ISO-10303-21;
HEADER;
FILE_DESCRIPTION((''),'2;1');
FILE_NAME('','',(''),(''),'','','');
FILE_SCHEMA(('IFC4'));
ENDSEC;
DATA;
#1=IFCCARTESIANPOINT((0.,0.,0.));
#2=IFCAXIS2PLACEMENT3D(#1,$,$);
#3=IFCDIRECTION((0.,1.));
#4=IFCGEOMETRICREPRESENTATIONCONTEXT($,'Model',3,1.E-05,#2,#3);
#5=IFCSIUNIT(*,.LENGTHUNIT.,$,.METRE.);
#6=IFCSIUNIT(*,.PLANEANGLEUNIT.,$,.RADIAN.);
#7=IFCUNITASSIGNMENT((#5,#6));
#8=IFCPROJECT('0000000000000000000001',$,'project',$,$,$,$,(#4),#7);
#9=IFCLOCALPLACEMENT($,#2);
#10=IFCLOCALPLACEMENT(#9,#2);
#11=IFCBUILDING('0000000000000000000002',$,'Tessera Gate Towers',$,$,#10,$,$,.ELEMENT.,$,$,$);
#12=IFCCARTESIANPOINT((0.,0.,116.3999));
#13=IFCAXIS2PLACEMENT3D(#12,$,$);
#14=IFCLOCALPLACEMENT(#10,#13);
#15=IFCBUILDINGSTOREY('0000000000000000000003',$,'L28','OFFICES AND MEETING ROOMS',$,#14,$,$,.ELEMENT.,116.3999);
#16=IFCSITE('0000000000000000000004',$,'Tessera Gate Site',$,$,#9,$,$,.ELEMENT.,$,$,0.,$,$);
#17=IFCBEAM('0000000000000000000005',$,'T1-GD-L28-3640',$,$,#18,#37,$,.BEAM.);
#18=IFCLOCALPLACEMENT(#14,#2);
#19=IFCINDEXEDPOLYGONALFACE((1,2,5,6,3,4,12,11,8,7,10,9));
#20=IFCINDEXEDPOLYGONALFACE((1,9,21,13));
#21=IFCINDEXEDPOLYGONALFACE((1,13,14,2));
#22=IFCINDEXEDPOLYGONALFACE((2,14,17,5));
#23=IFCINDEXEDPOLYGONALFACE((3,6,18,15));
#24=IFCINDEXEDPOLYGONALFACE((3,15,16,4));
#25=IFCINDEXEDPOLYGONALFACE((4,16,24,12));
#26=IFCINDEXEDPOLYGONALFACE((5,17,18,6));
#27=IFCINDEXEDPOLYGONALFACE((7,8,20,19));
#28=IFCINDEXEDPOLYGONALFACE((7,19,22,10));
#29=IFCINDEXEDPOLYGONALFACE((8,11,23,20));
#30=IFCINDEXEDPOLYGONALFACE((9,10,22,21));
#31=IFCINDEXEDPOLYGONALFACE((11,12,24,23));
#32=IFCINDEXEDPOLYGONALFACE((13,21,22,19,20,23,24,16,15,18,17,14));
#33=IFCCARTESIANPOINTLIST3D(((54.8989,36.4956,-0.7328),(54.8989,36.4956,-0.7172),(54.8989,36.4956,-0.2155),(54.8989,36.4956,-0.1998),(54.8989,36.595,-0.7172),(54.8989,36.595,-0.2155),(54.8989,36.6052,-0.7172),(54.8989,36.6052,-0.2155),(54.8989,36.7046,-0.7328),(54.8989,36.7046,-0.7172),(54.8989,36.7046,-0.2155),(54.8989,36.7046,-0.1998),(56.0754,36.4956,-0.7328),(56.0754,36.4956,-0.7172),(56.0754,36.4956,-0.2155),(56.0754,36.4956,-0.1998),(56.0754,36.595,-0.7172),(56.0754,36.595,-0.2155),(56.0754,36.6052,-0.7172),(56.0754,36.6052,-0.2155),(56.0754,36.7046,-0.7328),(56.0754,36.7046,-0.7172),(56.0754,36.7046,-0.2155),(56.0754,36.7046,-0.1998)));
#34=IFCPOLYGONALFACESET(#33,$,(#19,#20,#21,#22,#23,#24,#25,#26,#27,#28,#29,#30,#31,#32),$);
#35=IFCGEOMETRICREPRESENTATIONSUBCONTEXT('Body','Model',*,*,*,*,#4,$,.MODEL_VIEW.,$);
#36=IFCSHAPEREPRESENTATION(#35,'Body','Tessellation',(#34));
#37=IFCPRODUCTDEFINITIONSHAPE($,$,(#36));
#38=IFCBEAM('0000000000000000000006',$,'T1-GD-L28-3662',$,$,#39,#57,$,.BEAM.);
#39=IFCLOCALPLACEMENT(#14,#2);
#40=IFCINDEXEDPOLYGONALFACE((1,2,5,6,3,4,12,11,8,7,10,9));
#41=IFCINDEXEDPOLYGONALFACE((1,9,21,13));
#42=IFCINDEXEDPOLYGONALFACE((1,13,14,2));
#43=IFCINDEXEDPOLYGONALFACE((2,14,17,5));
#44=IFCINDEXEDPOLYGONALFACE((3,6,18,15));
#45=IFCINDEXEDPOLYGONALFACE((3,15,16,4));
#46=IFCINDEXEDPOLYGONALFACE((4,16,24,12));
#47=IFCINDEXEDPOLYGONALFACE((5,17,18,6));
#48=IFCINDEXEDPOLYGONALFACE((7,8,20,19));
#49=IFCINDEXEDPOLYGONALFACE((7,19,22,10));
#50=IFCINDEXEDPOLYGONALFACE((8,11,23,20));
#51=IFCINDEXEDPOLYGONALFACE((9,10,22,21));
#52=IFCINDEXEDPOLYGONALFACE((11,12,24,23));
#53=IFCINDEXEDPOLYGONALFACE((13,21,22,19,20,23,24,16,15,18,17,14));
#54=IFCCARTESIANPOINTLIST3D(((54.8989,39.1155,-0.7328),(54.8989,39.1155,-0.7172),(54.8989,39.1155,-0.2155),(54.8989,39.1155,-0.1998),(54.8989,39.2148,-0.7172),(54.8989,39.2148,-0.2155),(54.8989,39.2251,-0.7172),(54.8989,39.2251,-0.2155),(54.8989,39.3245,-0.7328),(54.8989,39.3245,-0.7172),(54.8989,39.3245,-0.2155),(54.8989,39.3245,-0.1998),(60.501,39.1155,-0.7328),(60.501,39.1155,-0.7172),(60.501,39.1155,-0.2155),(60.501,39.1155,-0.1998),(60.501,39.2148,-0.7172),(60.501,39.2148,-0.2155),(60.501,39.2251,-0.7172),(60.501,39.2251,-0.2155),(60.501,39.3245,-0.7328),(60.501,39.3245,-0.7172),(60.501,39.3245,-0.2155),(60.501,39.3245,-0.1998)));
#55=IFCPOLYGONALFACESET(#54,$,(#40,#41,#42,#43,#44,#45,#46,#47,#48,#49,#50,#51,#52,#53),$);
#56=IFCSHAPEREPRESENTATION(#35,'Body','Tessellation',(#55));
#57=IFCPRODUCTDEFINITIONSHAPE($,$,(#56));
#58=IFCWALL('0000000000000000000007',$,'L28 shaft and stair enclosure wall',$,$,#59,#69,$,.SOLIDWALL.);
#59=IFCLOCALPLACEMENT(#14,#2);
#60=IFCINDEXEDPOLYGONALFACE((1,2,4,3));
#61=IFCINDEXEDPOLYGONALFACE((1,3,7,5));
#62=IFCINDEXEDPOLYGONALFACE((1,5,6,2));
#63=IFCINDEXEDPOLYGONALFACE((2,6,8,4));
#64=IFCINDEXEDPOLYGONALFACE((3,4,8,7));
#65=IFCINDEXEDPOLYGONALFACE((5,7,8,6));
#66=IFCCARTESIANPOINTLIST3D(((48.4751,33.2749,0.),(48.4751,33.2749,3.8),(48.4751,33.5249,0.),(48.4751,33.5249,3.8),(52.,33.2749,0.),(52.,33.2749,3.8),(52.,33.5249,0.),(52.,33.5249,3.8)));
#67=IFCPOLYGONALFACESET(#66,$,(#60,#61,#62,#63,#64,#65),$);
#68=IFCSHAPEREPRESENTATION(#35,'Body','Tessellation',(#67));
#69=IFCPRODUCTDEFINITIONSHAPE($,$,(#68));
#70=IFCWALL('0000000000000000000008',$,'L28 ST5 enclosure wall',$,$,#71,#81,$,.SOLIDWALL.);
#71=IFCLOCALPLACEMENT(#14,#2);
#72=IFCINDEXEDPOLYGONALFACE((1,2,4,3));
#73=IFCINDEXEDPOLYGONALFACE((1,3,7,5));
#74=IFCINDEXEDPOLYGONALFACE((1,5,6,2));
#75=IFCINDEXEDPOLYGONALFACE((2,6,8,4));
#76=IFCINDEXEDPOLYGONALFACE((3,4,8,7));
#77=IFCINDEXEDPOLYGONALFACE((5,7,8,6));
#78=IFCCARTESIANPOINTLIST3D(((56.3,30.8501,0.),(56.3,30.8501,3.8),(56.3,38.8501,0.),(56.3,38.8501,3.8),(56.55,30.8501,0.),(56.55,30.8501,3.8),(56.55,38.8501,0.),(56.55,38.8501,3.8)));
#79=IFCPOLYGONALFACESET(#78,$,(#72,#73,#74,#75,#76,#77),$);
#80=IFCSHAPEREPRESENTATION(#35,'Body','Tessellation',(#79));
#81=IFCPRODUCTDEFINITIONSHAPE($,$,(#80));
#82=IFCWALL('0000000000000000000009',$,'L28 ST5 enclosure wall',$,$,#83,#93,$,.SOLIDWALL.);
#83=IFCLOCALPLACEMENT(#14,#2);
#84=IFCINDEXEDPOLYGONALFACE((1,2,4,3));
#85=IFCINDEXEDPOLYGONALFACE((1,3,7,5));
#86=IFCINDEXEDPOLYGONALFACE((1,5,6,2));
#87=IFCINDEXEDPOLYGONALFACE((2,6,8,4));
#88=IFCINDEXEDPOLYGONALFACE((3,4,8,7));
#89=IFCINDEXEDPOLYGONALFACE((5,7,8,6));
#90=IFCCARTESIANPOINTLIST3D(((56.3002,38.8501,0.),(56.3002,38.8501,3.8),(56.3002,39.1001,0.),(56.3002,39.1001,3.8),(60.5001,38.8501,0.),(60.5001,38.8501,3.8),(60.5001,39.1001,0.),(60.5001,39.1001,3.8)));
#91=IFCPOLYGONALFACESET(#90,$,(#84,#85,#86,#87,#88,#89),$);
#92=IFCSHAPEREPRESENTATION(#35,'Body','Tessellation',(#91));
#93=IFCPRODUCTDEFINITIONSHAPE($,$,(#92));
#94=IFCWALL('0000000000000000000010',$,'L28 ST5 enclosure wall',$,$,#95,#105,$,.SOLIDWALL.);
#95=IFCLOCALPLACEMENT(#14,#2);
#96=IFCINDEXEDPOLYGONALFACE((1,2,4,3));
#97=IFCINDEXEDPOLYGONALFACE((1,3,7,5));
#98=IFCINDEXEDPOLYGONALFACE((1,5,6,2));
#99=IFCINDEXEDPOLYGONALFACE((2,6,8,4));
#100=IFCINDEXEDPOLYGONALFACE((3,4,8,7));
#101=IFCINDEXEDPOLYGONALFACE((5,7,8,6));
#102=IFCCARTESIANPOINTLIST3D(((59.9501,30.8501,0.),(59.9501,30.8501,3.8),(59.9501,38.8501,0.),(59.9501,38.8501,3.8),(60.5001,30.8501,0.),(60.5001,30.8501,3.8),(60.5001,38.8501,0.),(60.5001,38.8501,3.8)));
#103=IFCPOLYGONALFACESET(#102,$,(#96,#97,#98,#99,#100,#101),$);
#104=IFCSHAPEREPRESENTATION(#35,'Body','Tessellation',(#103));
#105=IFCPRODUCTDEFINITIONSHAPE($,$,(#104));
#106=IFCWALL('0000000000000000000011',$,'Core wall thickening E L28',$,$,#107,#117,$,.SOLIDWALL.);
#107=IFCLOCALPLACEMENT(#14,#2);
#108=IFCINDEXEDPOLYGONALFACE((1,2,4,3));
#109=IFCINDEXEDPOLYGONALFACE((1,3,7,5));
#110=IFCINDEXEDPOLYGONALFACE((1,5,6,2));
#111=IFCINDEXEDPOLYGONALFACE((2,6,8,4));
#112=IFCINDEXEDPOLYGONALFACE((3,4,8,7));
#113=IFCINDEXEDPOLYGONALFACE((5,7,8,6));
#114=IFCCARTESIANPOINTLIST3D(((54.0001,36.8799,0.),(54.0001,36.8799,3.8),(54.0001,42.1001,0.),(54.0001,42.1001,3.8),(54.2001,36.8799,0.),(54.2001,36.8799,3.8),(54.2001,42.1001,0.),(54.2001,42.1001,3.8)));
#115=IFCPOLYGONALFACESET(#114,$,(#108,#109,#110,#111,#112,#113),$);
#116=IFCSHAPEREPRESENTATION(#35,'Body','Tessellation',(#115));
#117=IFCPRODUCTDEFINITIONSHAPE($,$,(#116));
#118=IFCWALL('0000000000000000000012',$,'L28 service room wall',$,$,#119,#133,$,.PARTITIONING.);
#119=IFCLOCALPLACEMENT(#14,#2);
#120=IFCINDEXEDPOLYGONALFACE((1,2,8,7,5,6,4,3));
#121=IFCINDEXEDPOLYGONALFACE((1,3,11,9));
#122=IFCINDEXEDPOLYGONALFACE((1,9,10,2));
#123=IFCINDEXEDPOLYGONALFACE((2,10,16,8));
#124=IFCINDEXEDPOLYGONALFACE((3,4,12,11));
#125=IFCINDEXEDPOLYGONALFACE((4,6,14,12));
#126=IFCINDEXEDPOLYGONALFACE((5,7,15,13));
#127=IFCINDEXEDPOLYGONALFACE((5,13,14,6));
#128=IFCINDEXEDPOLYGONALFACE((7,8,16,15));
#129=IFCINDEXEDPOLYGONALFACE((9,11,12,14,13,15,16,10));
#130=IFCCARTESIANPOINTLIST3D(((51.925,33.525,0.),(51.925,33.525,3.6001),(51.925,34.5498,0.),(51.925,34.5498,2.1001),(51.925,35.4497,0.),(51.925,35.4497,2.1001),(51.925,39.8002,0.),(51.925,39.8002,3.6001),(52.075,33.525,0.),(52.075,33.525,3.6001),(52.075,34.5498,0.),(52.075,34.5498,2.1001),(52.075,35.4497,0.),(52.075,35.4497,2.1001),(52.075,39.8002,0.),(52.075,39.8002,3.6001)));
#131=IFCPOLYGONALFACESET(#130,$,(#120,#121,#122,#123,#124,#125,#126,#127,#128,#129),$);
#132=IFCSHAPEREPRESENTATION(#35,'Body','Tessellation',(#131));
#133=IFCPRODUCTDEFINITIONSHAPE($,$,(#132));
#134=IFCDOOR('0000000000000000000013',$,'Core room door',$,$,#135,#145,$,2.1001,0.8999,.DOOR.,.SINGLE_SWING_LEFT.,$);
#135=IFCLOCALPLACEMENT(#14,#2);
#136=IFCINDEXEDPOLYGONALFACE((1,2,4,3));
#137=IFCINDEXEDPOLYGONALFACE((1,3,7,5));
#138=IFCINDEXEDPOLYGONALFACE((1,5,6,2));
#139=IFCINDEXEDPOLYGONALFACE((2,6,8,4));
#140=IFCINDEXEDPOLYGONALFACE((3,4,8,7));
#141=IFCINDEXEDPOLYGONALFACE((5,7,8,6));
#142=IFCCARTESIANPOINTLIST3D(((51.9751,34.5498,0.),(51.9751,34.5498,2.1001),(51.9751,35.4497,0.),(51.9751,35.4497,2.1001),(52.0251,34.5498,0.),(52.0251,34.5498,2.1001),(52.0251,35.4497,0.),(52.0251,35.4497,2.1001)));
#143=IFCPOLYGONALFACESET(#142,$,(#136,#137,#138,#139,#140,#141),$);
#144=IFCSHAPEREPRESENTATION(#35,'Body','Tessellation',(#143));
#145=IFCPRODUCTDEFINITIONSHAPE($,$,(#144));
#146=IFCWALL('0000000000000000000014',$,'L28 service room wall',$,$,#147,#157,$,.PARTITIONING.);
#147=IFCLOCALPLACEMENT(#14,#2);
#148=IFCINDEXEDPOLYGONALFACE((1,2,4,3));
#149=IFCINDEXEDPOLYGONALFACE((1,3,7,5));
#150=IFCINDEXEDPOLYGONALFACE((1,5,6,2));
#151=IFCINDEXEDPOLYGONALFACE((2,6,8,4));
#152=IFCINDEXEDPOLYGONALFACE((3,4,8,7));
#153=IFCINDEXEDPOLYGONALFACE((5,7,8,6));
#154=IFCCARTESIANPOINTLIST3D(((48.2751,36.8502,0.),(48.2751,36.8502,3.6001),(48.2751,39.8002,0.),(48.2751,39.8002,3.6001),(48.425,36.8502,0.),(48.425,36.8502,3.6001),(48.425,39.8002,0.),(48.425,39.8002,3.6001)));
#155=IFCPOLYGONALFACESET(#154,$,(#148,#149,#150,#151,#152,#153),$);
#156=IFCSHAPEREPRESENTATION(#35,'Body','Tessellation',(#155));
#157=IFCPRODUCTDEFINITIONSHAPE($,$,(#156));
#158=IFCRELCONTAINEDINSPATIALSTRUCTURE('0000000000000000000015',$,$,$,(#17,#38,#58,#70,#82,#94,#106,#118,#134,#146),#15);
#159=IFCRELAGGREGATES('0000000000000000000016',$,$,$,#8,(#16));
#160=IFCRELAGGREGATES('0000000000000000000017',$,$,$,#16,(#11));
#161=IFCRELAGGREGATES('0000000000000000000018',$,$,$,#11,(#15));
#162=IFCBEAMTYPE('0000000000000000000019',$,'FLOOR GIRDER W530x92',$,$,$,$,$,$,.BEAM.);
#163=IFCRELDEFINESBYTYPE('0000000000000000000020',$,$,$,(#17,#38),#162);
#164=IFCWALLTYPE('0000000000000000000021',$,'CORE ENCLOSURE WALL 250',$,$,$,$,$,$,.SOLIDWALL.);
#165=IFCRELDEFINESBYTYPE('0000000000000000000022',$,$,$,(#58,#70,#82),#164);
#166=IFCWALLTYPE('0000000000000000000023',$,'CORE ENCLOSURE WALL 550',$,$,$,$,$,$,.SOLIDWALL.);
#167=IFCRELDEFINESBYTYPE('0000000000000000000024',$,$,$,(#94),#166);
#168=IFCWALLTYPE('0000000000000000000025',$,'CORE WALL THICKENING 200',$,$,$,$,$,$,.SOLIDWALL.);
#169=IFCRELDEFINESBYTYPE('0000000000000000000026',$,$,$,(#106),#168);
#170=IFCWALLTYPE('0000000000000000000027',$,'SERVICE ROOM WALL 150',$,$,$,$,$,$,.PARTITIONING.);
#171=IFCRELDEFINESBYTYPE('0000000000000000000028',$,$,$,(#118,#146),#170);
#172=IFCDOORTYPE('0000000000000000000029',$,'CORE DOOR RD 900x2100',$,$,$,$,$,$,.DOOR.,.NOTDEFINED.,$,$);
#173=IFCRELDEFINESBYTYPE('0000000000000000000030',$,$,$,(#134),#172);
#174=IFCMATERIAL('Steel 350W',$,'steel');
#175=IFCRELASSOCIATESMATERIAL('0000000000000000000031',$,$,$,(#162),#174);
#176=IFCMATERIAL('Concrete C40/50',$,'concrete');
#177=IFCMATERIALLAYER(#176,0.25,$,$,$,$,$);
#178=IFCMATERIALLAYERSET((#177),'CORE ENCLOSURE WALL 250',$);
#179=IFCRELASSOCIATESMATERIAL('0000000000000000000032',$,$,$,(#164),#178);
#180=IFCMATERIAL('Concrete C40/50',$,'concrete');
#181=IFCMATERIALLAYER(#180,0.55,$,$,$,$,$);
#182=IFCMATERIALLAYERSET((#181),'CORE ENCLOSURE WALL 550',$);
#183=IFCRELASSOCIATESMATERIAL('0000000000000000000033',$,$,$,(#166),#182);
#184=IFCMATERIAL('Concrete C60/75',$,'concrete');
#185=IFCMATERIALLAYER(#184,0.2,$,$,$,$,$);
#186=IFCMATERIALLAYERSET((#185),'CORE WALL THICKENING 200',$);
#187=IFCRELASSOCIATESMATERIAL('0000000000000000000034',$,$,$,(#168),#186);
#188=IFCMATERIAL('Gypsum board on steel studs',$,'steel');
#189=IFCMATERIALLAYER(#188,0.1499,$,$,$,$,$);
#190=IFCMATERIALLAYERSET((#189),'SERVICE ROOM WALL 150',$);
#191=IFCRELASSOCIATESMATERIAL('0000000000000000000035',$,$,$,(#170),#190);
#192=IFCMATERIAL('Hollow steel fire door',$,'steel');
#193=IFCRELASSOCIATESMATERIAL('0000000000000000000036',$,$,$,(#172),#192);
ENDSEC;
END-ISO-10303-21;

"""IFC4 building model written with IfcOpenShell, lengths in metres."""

from ifc_helpers import new_model, si_unit, direction, frame, frame_2d, origin, origin_2d, place, context, subcontext, project, spatial, rectangle, i_section, extrude, source, transform, mapped, material, layer, layer_set, material_profile, profile_set, type_object, element, fill, save


model = new_model("IFC4")

# Units and contexts
model_context = context("Model", 3, precision=1e-05, world=origin(), true_north=direction((0.0, 1.0)))
body_context = subcontext(model_context, "Body", "Model", "MODEL_VIEW")
ifc_project = project(units=[si_unit("LENGTHUNIT", "METRE"), si_unit("PLANEANGLEUNIT", "RADIAN")], contexts=[model_context])

# Site, building, storey
site_placement = place(None, origin())
site = spatial("IfcSite", under=ifc_project, at=site_placement, Name="Tessera Gate Site", CompositionType="ELEMENT", RefElevation=0.0)
building_placement = place(site_placement, origin())
building = spatial("IfcBuilding", under=site, at=building_placement, Name="Tessera Gate Towers", CompositionType="ELEMENT")
storey_placement = place(building_placement, frame((0.0, 0.0, 116.3999)))
storey = spatial("IfcBuildingStorey", under=building, at=storey_placement, Name="L28", Description="OFFICES AND MEETING ROOMS", CompositionType="ELEMENT", Elevation=116.3999)

# Beams
ifc_material_1 = material(Name="Steel 350W", Category="steel")
ifc_material_profile = material_profile(ifc_material_1, i_section(OverallWidth=0.209, OverallDepth=0.533, WebThickness=0.0103, FlangeThickness=0.0156, at=origin_2d()), Name="W530x92")
ifc_profile_set = profile_set([ifc_material_profile], Name="Steel 350W")
beam_type = type_object("IfcBeamType", Name="FLOOR GIRDER W530x92", PredefinedType="BEAM", material=ifc_profile_set)
beam_1_placement = place(storey_placement, frame((54.8989, 36.6001, -0.4663), z_axis=(1.0, 0.0, 0.0), x_axis=(0.0, 1.0, 0.0)))
element("IfcBeam", 1, at=beam_1_placement, inside=storey, type_object=beam_type, Name="T1-GD-L28-3640", PredefinedType="BEAM", context=body_context, shape_type="SweptSolid", body=[
    extrude(i_section(OverallWidth=0.209, OverallDepth=0.533, WebThickness=0.0103, FlangeThickness=0.0156, at=origin_2d()), origin(), (0.0, 0.0, 1.0), 1.1765),
])
beam_2_placement = place(storey_placement, frame((54.8989, 39.22, -0.4663), z_axis=(1.0, 0.0, 0.0), x_axis=(0.0, 1.0, 0.0)))
element("IfcBeam", 2, at=beam_2_placement, inside=storey, type_object=beam_type, Name="T1-GD-L28-3662", PredefinedType="BEAM", context=body_context, shape_type="SweptSolid", body=[
    extrude(i_section(OverallWidth=0.209, OverallDepth=0.533, WebThickness=0.0103, FlangeThickness=0.0156, at=origin_2d()), origin(), (0.0, 0.0, 1.0), 5.6021),
])

# Walls
ifc_material_2 = material(Name="Concrete C40/50", Category="concrete")
ifc_layer_1 = layer(ifc_material_2, 0.25)
ifc_layer_set_1 = layer_set([ifc_layer_1], Name="CORE ENCLOSURE WALL 250")
wall_type_1 = type_object("IfcWallType", Name="CORE ENCLOSURE WALL 250", PredefinedType="SOLIDWALL", material=ifc_layer_set_1)
wall_1_placement = place(storey_placement, frame((48.4751, 33.3999, 0.0), z_axis=(0.0, 0.0, 1.0), x_axis=(1.0, 0.0, 0.0)))
element("IfcWall", 3, at=wall_1_placement, inside=storey, type_object=wall_type_1, Name="L28 shaft and stair enclosure wall", PredefinedType="SOLIDWALL", context=body_context, shape_type="SweptSolid", body=[
    extrude(rectangle(XDim=3.5249, YDim=0.25, at=frame_2d((1.7625, 0.0))), origin(), (0.0, 0.0, 1.0), 3.8),
])
wall_2_placement = place(storey_placement, frame((56.425, 30.8501, 0.0), z_axis=(0.0, 0.0, 1.0), x_axis=(0.0, 1.0, 0.0)))
element("IfcWall", 4, at=wall_2_placement, inside=storey, type_object=wall_type_1, Name="L28 ST5 enclosure wall", PredefinedType="SOLIDWALL", context=body_context, shape_type="SweptSolid", body=[
    extrude(rectangle(XDim=8.0, YDim=0.25, at=frame_2d((4.0, 0.0))), origin(), (0.0, 0.0, 1.0), 3.8),
])
wall_3_placement = place(storey_placement, frame((56.3, 38.9751, 0.0), z_axis=(0.0, 0.0, 1.0), x_axis=(1.0, 0.0, 0.0)))
element("IfcWall", 5, at=wall_3_placement, inside=storey, type_object=wall_type_1, Name="L28 ST5 enclosure wall", PredefinedType="SOLIDWALL", context=body_context, shape_type="SweptSolid", body=[
    extrude(rectangle(XDim=4.2, YDim=0.25, at=frame_2d((2.1001, 0.0))), origin(), (0.0, 0.0, 1.0), 3.8),
])
ifc_material_3 = material(Name="Concrete C40/50", Category="concrete")
ifc_layer_2 = layer(ifc_material_3, 0.55)
ifc_layer_set_2 = layer_set([ifc_layer_2], Name="CORE ENCLOSURE WALL 550")
wall_type_2 = type_object("IfcWallType", Name="CORE ENCLOSURE WALL 550", PredefinedType="SOLIDWALL", material=ifc_layer_set_2)
wall_4_placement = place(storey_placement, frame((60.2251, 38.8501, 0.0), z_axis=(0.0, 0.0, 1.0), x_axis=(0.0, -1.0, 0.0)))
element("IfcWall", 6, at=wall_4_placement, inside=storey, type_object=wall_type_2, Name="L28 ST5 enclosure wall", PredefinedType="SOLIDWALL", context=body_context, shape_type="SweptSolid", body=[
    extrude(rectangle(XDim=8.0, YDim=0.55, at=frame_2d((4.0, 0.0))), origin(), (0.0, 0.0, 1.0), 3.8),
])
ifc_material_4 = material(Name="Concrete C60/75", Category="concrete")
ifc_layer_3 = layer(ifc_material_4, 0.2)
ifc_layer_set_3 = layer_set([ifc_layer_3], Name="CORE WALL THICKENING 200")
wall_type_3 = type_object("IfcWallType", Name="CORE WALL THICKENING 200", PredefinedType="SOLIDWALL", material=ifc_layer_set_3)
wall_5_placement = place(storey_placement, frame((54.1001, 36.8799, 0.0), z_axis=(0.0, 0.0, 1.0), x_axis=(0.0, 1.0, 0.0)))
element("IfcWall", 7, at=wall_5_placement, inside=storey, type_object=wall_type_3, Name="Core wall thickening E L28", PredefinedType="SOLIDWALL", context=body_context, shape_type="SweptSolid", body=[
    extrude(rectangle(XDim=5.2202, YDim=0.2, at=frame_2d((2.6101, 0.0))), origin(), (0.0, 0.0, 1.0), 3.8),
])

# Wall, opening, door
ifc_material_5 = material(Name="Gypsum board on steel studs", Category="steel")
ifc_layer_4 = layer(ifc_material_5, 0.1499)
ifc_layer_set_4 = layer_set([ifc_layer_4], Name="SERVICE ROOM WALL 150")
wall_type_4 = type_object("IfcWallType", Name="SERVICE ROOM WALL 150", PredefinedType="PARTITIONING", material=ifc_layer_set_4)
wall_6_placement = place(storey_placement, frame((52.0, 33.5249, 0.0), z_axis=(0.0, 0.0, 1.0), x_axis=(0.0, 1.0, 0.0)))
wall_6 = element("IfcWall", 8, at=wall_6_placement, inside=storey, type_object=wall_type_4, Name="L28 service room wall", PredefinedType="PARTITIONING", context=body_context, shape_type="SweptSolid", body=[
    extrude(rectangle(XDim=6.2751, YDim=0.1499, at=frame_2d((3.1377, 0.0))), origin(), (0.0, 0.0, 1.0), 3.6001),
])
shared_shape_1 = source(origin(), body_context, "Body", "SweptSolid", [
    extrude(rectangle(XDim=0.8999, YDim=2.1001, at=frame_2d((0.45, 1.05))), frame((0.0, 0.085, 0.0), z_axis=(0.0, -1.0, 0.0), x_axis=(1.0, 0.0, 0.0)), (0.0, 0.0, 1.0), 0.1699),
])
opening_placement = place(wall_6_placement, frame((1.0249, 0.0, 0.0)))
opening = element("IfcOpeningElement", 9, at=opening_placement, cuts=wall_6, PredefinedType="OPENING", context=body_context, shape_type="MappedRepresentation", body=[
    mapped(shared_shape_1, transform((0.0, 0.0, 0.0), scale=1.0)),
])
ifc_material_6 = material(Name="Hollow steel fire door", Category="steel")
door_type = type_object("IfcDoorType", Name="CORE DOOR RD 900x2100", OperationType="NOTDEFINED", PredefinedType="DOOR", material=ifc_material_6)
shared_shape_2 = source(origin(), body_context, "Body", "SweptSolid", [
    extrude(rectangle(XDim=0.8999, YDim=2.1001, at=frame_2d((0.45, 1.05))), frame((0.0, 0.0249, 0.0), z_axis=(0.0, -1.0, 0.0), x_axis=(1.0, 0.0, 0.0)), (0.0, 0.0, 1.0), 0.05),
])
door_placement = place(opening_placement, origin())
door = element("IfcDoor", 10, at=door_placement, inside=storey, type_object=door_type, Name="Core room door", OperationType="SINGLE_SWING_LEFT", OverallHeight=2.1001, OverallWidth=0.8999, PredefinedType="DOOR", context=body_context, shape_type="MappedRepresentation", body=[
    mapped(shared_shape_2, transform((0.0, 0.0, 0.0), scale=1.0)),
])
fill(opening, door)

# Wall
wall_7_placement = place(storey_placement, frame((48.3501, 36.8501, 0.0), z_axis=(0.0, 0.0, 1.0), x_axis=(0.0, 1.0, 0.0)))
element("IfcWall", 11, at=wall_7_placement, inside=storey, type_object=wall_type_4, Name="L28 service room wall", PredefinedType="PARTITIONING", context=body_context, shape_type="SweptSolid", body=[
    extrude(rectangle(XDim=2.95, YDim=0.1499, at=frame_2d((1.4751, 0.0))), origin(), (0.0, 0.0, 1.0), 3.6001),
])

save(model, "model.ifc")
